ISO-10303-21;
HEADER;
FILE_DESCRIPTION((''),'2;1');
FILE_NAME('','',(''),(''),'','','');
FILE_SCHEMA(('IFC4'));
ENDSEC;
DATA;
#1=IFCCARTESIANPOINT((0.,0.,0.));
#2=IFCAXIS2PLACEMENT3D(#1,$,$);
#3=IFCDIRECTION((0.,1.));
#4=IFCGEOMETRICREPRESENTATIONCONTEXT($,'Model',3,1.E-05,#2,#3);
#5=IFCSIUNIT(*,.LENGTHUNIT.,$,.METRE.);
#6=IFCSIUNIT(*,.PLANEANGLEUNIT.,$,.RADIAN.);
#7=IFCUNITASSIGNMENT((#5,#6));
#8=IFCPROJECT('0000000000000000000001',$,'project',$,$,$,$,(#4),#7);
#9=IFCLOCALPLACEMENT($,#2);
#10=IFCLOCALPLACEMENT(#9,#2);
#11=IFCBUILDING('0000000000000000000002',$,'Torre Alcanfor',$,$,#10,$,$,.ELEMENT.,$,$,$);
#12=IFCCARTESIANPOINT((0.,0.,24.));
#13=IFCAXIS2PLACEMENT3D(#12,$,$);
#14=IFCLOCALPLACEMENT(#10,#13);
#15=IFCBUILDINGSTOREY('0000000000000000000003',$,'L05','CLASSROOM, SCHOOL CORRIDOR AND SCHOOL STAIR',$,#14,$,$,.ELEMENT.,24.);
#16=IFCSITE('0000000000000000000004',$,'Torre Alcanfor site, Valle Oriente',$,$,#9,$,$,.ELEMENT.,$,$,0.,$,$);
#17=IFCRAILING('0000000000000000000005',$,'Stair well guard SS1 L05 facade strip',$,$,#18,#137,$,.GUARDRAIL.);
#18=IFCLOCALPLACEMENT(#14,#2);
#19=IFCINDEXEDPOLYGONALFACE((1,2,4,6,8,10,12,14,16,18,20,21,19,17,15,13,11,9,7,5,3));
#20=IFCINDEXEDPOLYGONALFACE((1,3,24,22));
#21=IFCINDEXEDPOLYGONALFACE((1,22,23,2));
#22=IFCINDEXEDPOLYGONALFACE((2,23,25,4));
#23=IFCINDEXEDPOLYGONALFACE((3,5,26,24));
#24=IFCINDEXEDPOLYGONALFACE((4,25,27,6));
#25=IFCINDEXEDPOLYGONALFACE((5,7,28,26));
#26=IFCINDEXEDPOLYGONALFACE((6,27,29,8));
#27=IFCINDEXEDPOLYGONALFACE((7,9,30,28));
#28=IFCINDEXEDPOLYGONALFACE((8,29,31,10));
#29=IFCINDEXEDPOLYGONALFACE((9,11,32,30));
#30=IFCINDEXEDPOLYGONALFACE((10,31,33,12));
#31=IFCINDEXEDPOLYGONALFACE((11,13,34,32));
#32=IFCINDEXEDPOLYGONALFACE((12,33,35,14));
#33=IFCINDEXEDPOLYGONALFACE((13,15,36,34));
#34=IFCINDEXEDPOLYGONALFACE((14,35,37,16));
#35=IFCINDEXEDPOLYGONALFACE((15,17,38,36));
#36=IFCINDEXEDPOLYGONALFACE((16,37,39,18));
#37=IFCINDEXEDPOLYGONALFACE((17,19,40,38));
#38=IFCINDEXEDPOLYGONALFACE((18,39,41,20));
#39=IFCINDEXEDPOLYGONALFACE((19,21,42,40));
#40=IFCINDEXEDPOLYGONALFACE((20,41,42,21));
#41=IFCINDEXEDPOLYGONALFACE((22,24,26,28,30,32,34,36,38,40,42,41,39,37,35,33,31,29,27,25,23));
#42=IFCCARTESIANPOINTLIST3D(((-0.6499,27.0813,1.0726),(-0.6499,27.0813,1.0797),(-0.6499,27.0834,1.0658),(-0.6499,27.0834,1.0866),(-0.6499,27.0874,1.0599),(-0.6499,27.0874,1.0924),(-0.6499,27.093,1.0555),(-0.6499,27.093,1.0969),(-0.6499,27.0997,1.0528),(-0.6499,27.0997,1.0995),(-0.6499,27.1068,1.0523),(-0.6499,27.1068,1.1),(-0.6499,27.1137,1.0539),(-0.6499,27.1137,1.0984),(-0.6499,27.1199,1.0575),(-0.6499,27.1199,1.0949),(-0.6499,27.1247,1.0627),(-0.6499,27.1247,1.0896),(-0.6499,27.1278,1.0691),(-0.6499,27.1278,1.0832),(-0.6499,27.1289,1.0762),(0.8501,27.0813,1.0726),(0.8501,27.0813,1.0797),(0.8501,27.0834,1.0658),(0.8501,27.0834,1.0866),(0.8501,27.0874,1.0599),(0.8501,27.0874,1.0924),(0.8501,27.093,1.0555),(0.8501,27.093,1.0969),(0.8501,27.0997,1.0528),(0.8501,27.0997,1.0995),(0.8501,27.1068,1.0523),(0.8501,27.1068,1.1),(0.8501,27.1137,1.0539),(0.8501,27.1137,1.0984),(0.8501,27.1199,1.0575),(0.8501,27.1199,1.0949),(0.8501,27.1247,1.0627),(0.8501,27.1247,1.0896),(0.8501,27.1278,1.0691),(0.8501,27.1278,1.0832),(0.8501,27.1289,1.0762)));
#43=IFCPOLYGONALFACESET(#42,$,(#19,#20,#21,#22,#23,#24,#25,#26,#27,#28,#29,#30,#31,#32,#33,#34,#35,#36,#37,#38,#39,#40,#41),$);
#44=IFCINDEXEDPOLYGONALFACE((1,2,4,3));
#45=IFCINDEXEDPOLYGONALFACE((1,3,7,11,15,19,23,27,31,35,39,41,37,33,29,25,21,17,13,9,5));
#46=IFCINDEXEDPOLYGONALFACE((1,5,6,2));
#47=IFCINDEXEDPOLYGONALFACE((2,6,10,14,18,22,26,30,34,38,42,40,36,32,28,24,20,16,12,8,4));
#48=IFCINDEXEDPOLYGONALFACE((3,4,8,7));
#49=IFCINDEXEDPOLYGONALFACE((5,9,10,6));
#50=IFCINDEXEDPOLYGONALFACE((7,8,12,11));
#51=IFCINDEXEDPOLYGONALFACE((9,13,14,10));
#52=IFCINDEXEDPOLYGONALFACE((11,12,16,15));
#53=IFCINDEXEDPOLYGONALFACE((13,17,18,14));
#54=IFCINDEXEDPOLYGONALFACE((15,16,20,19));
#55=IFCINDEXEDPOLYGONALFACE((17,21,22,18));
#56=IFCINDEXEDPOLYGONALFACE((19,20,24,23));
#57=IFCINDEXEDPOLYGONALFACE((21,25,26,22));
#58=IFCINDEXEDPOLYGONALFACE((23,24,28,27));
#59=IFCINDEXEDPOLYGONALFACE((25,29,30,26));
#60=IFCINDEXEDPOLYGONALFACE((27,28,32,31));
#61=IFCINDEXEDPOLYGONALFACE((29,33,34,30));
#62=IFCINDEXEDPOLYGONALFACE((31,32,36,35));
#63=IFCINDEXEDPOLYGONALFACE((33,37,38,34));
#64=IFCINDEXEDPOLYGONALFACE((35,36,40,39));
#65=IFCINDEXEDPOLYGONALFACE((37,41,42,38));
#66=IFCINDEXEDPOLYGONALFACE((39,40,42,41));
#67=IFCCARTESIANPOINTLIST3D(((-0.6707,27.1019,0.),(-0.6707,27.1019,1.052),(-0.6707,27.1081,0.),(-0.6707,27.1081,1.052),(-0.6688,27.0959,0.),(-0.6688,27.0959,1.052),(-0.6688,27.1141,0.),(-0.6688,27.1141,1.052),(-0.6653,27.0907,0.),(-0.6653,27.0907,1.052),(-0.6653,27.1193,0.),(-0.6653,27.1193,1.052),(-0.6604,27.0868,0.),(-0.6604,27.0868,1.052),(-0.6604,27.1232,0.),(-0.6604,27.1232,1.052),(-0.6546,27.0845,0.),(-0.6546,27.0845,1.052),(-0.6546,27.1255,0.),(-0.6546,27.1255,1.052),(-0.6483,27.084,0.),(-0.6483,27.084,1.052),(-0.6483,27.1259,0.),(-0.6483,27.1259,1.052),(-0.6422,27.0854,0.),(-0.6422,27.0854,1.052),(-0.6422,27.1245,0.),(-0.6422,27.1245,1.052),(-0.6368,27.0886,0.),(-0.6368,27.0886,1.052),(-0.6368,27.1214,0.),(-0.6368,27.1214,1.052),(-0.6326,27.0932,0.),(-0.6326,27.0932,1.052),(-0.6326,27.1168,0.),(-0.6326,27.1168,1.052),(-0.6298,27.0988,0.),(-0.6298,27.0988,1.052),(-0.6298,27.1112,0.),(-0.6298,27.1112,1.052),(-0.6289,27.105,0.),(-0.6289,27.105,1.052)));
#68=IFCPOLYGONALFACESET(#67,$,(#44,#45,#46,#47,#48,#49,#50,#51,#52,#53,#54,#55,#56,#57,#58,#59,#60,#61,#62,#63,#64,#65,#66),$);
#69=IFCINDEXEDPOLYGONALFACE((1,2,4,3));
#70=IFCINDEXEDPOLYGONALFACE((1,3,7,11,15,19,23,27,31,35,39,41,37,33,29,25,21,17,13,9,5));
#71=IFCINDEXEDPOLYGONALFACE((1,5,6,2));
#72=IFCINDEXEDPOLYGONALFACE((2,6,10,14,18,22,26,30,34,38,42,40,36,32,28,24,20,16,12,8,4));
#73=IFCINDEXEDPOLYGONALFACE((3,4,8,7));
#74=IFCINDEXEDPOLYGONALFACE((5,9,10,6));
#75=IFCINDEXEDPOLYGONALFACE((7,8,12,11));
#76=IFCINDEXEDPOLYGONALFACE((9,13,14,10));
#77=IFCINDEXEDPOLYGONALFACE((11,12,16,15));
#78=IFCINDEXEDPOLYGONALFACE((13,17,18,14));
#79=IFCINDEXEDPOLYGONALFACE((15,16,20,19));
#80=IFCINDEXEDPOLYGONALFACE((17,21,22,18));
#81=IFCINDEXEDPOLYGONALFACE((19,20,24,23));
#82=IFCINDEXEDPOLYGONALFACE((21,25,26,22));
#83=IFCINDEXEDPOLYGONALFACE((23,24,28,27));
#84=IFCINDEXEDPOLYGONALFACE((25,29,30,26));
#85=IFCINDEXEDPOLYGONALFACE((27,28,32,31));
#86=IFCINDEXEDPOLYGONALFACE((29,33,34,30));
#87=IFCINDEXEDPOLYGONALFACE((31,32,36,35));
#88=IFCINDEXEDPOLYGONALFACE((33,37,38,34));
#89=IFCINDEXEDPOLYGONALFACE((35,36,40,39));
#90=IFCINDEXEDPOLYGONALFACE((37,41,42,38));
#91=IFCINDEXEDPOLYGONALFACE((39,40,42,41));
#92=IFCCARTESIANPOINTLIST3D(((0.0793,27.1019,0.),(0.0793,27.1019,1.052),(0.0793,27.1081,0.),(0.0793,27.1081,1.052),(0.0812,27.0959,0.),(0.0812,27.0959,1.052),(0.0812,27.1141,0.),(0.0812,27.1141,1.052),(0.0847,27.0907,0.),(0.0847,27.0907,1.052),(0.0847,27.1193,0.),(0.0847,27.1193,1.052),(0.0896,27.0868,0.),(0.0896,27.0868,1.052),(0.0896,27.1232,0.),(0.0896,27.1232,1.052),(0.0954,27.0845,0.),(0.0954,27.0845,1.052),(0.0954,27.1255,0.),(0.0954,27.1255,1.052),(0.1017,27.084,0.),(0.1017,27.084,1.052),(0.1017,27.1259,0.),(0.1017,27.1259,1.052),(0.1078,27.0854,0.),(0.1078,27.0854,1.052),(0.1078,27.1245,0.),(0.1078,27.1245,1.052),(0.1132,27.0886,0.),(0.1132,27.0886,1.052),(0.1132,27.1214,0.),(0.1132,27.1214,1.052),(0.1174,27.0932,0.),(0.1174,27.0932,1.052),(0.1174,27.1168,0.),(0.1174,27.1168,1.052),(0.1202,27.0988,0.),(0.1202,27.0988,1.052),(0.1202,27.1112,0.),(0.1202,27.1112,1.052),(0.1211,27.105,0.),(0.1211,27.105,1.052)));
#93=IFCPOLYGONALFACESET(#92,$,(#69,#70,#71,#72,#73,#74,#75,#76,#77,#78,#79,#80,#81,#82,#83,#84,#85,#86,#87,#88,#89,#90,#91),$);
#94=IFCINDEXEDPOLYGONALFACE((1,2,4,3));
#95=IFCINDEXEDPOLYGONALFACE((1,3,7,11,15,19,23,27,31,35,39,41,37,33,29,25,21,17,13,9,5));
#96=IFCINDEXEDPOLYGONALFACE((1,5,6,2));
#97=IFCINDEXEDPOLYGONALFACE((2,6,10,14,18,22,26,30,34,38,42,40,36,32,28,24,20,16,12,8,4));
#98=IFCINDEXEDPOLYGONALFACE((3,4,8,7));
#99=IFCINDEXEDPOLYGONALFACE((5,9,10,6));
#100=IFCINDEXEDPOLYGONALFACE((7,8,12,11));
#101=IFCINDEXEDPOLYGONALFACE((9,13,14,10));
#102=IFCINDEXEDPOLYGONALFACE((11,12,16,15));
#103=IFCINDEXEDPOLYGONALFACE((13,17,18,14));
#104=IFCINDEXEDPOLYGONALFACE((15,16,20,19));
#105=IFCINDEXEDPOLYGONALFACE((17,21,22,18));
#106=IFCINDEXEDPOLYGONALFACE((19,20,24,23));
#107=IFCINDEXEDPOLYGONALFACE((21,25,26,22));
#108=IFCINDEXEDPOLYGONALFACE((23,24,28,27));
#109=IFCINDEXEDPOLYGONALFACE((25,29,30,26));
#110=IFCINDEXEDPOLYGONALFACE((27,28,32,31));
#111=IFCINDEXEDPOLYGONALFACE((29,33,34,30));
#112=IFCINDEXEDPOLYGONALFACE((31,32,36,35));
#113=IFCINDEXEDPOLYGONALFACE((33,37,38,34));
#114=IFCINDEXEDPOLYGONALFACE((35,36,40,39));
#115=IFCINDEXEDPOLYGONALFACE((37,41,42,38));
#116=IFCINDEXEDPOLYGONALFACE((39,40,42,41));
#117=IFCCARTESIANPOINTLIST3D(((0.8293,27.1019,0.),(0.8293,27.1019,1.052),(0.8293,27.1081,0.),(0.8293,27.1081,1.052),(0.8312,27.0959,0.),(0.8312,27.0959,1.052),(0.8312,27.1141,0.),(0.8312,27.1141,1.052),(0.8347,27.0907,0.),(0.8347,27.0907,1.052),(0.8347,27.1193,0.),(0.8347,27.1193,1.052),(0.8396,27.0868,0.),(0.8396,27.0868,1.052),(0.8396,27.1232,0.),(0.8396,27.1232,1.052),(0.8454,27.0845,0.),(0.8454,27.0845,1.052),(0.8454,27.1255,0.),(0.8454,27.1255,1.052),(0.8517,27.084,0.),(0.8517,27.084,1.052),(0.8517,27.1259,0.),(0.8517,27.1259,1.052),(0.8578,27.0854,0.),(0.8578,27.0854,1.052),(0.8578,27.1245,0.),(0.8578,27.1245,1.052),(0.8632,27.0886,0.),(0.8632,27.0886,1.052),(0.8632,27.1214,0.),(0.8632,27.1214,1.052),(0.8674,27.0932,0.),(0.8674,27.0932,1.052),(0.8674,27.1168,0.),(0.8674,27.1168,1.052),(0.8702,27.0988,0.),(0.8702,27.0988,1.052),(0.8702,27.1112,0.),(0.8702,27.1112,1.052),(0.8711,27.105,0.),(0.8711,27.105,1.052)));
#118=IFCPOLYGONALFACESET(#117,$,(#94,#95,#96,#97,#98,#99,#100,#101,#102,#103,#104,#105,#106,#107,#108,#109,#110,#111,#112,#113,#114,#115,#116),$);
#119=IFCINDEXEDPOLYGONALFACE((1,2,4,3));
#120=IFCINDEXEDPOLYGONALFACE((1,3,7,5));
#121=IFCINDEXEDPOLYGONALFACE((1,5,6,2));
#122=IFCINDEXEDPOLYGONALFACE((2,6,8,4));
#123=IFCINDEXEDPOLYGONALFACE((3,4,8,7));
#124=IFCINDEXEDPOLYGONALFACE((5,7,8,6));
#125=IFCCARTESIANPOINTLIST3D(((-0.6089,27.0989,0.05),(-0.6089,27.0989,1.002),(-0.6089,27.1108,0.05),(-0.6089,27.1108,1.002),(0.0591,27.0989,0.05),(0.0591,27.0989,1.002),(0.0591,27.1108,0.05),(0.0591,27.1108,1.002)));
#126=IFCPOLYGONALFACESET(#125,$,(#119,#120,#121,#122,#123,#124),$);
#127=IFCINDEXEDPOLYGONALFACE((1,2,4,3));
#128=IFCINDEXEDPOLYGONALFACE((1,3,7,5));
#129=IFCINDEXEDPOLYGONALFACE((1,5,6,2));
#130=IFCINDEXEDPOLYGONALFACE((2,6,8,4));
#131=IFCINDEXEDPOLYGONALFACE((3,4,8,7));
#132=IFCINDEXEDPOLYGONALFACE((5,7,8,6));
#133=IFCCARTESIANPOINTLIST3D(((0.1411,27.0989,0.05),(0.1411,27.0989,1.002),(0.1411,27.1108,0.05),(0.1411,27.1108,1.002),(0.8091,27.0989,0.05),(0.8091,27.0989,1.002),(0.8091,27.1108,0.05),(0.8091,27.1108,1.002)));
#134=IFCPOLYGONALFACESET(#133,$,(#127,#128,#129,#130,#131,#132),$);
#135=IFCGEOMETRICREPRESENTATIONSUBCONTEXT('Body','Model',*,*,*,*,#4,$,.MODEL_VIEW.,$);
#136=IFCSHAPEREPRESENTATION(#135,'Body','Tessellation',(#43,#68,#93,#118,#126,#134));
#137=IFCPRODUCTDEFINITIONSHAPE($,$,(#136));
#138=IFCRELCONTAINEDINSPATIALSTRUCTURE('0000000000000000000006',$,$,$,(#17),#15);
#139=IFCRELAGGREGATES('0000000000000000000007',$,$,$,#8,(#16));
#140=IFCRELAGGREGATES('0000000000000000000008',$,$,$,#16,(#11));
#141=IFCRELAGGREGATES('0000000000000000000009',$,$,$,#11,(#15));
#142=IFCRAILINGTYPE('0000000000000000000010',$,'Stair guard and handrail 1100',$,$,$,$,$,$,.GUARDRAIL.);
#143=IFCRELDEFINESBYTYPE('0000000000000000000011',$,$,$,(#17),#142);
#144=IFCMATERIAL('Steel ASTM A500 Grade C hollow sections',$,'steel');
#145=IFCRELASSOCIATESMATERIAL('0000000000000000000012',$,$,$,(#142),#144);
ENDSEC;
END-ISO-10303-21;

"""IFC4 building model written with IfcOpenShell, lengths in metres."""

from ifc_helpers import new_model, si_unit, direction, frame, origin, origin_2d, place, context, subcontext, project, spatial, polyline, circle, outline, extrude, material, type_object, element, save


model = new_model("IFC4")

# Units and contexts
model_context = context("Model", 3, precision=1e-05, world=origin(), true_north=direction((0.0, 1.0)))
body_context = subcontext(model_context, "Body", "Model", "MODEL_VIEW")
ifc_project = project(units=[si_unit("LENGTHUNIT", "METRE"), si_unit("PLANEANGLEUNIT", "RADIAN")], contexts=[model_context])

# Site, building, storey
site_placement = place(None, origin())
site = spatial("IfcSite", under=ifc_project, at=site_placement, Name="Torre Alcanfor site, Valle Oriente", CompositionType="ELEMENT", RefElevation=0.0)
building_placement = place(site_placement, origin())
building = spatial("IfcBuilding", under=site, at=building_placement, Name="Torre Alcanfor", CompositionType="ELEMENT")
storey_placement = place(building_placement, frame((0.0, 0.0, 24.0)))
storey = spatial("IfcBuildingStorey", under=building, at=storey_placement, Name="L05", Description="CLASSROOM, SCHOOL CORRIDOR AND SCHOOL STAIR", CompositionType="ELEMENT", Elevation=24.0)

# Railing
ifc_material_1 = material(Name="Steel ASTM A500 Grade C hollow sections", Category="steel")
railing_type = type_object("IfcRailingType", Name="Stair guard and handrail 1100", PredefinedType="GUARDRAIL", material=ifc_material_1)
railing_1_placement = place(storey_placement, frame((-0.6499, 27.105, 0.0)))
element("IfcRailing", 1, at=railing_1_placement, inside=storey, type_object=railing_type, Name="Stair well guard SS1 L05 facade strip", PredefinedType="GUARDRAIL", context=body_context, shape_type="SweptSolid", body=[
    extrude(circle(Radius=0.0239, at=origin_2d()), frame((0.0, 0.0, 1.0762), z_axis=(1.0, 0.0, 0.0), x_axis=(0.0, 1.0, 0.0)), (0.0, 0.0, 1.0), 1.5),
    extrude(circle(Radius=0.021, at=origin_2d()), origin(), (0.0, 0.0, 1.0), 1.052),
    extrude(circle(Radius=0.021, at=origin_2d()), frame((0.75, 0.0, 0.0)), (0.0, 0.0, 1.0), 1.052),
    extrude(circle(Radius=0.021, at=origin_2d()), frame((1.5, 0.0, 0.0)), (0.0, 0.0, 1.0), 1.052),
    extrude(outline(polyline([(0.041, 0.05), (0.709, 0.05), (0.709, 1.002), (0.041, 1.002), (0.041, 0.05)])), frame((0.0, 0.0059, 0.0), z_axis=(0.0, -1.0, 0.0), x_axis=(1.0, 0.0, 0.0)), (0.0, 0.0, 1.0), 0.012),
    extrude(outline(polyline([(0.791, 0.05), (1.459, 0.05), (1.459, 1.002), (0.791, 1.002), (0.791, 0.05)])), frame((0.0, 0.0059, 0.0), z_axis=(0.0, -1.0, 0.0), x_axis=(1.0, 0.0, 0.0)), (0.0, 0.0, 1.0), 0.012),
])

save(model, "model.ifc")
